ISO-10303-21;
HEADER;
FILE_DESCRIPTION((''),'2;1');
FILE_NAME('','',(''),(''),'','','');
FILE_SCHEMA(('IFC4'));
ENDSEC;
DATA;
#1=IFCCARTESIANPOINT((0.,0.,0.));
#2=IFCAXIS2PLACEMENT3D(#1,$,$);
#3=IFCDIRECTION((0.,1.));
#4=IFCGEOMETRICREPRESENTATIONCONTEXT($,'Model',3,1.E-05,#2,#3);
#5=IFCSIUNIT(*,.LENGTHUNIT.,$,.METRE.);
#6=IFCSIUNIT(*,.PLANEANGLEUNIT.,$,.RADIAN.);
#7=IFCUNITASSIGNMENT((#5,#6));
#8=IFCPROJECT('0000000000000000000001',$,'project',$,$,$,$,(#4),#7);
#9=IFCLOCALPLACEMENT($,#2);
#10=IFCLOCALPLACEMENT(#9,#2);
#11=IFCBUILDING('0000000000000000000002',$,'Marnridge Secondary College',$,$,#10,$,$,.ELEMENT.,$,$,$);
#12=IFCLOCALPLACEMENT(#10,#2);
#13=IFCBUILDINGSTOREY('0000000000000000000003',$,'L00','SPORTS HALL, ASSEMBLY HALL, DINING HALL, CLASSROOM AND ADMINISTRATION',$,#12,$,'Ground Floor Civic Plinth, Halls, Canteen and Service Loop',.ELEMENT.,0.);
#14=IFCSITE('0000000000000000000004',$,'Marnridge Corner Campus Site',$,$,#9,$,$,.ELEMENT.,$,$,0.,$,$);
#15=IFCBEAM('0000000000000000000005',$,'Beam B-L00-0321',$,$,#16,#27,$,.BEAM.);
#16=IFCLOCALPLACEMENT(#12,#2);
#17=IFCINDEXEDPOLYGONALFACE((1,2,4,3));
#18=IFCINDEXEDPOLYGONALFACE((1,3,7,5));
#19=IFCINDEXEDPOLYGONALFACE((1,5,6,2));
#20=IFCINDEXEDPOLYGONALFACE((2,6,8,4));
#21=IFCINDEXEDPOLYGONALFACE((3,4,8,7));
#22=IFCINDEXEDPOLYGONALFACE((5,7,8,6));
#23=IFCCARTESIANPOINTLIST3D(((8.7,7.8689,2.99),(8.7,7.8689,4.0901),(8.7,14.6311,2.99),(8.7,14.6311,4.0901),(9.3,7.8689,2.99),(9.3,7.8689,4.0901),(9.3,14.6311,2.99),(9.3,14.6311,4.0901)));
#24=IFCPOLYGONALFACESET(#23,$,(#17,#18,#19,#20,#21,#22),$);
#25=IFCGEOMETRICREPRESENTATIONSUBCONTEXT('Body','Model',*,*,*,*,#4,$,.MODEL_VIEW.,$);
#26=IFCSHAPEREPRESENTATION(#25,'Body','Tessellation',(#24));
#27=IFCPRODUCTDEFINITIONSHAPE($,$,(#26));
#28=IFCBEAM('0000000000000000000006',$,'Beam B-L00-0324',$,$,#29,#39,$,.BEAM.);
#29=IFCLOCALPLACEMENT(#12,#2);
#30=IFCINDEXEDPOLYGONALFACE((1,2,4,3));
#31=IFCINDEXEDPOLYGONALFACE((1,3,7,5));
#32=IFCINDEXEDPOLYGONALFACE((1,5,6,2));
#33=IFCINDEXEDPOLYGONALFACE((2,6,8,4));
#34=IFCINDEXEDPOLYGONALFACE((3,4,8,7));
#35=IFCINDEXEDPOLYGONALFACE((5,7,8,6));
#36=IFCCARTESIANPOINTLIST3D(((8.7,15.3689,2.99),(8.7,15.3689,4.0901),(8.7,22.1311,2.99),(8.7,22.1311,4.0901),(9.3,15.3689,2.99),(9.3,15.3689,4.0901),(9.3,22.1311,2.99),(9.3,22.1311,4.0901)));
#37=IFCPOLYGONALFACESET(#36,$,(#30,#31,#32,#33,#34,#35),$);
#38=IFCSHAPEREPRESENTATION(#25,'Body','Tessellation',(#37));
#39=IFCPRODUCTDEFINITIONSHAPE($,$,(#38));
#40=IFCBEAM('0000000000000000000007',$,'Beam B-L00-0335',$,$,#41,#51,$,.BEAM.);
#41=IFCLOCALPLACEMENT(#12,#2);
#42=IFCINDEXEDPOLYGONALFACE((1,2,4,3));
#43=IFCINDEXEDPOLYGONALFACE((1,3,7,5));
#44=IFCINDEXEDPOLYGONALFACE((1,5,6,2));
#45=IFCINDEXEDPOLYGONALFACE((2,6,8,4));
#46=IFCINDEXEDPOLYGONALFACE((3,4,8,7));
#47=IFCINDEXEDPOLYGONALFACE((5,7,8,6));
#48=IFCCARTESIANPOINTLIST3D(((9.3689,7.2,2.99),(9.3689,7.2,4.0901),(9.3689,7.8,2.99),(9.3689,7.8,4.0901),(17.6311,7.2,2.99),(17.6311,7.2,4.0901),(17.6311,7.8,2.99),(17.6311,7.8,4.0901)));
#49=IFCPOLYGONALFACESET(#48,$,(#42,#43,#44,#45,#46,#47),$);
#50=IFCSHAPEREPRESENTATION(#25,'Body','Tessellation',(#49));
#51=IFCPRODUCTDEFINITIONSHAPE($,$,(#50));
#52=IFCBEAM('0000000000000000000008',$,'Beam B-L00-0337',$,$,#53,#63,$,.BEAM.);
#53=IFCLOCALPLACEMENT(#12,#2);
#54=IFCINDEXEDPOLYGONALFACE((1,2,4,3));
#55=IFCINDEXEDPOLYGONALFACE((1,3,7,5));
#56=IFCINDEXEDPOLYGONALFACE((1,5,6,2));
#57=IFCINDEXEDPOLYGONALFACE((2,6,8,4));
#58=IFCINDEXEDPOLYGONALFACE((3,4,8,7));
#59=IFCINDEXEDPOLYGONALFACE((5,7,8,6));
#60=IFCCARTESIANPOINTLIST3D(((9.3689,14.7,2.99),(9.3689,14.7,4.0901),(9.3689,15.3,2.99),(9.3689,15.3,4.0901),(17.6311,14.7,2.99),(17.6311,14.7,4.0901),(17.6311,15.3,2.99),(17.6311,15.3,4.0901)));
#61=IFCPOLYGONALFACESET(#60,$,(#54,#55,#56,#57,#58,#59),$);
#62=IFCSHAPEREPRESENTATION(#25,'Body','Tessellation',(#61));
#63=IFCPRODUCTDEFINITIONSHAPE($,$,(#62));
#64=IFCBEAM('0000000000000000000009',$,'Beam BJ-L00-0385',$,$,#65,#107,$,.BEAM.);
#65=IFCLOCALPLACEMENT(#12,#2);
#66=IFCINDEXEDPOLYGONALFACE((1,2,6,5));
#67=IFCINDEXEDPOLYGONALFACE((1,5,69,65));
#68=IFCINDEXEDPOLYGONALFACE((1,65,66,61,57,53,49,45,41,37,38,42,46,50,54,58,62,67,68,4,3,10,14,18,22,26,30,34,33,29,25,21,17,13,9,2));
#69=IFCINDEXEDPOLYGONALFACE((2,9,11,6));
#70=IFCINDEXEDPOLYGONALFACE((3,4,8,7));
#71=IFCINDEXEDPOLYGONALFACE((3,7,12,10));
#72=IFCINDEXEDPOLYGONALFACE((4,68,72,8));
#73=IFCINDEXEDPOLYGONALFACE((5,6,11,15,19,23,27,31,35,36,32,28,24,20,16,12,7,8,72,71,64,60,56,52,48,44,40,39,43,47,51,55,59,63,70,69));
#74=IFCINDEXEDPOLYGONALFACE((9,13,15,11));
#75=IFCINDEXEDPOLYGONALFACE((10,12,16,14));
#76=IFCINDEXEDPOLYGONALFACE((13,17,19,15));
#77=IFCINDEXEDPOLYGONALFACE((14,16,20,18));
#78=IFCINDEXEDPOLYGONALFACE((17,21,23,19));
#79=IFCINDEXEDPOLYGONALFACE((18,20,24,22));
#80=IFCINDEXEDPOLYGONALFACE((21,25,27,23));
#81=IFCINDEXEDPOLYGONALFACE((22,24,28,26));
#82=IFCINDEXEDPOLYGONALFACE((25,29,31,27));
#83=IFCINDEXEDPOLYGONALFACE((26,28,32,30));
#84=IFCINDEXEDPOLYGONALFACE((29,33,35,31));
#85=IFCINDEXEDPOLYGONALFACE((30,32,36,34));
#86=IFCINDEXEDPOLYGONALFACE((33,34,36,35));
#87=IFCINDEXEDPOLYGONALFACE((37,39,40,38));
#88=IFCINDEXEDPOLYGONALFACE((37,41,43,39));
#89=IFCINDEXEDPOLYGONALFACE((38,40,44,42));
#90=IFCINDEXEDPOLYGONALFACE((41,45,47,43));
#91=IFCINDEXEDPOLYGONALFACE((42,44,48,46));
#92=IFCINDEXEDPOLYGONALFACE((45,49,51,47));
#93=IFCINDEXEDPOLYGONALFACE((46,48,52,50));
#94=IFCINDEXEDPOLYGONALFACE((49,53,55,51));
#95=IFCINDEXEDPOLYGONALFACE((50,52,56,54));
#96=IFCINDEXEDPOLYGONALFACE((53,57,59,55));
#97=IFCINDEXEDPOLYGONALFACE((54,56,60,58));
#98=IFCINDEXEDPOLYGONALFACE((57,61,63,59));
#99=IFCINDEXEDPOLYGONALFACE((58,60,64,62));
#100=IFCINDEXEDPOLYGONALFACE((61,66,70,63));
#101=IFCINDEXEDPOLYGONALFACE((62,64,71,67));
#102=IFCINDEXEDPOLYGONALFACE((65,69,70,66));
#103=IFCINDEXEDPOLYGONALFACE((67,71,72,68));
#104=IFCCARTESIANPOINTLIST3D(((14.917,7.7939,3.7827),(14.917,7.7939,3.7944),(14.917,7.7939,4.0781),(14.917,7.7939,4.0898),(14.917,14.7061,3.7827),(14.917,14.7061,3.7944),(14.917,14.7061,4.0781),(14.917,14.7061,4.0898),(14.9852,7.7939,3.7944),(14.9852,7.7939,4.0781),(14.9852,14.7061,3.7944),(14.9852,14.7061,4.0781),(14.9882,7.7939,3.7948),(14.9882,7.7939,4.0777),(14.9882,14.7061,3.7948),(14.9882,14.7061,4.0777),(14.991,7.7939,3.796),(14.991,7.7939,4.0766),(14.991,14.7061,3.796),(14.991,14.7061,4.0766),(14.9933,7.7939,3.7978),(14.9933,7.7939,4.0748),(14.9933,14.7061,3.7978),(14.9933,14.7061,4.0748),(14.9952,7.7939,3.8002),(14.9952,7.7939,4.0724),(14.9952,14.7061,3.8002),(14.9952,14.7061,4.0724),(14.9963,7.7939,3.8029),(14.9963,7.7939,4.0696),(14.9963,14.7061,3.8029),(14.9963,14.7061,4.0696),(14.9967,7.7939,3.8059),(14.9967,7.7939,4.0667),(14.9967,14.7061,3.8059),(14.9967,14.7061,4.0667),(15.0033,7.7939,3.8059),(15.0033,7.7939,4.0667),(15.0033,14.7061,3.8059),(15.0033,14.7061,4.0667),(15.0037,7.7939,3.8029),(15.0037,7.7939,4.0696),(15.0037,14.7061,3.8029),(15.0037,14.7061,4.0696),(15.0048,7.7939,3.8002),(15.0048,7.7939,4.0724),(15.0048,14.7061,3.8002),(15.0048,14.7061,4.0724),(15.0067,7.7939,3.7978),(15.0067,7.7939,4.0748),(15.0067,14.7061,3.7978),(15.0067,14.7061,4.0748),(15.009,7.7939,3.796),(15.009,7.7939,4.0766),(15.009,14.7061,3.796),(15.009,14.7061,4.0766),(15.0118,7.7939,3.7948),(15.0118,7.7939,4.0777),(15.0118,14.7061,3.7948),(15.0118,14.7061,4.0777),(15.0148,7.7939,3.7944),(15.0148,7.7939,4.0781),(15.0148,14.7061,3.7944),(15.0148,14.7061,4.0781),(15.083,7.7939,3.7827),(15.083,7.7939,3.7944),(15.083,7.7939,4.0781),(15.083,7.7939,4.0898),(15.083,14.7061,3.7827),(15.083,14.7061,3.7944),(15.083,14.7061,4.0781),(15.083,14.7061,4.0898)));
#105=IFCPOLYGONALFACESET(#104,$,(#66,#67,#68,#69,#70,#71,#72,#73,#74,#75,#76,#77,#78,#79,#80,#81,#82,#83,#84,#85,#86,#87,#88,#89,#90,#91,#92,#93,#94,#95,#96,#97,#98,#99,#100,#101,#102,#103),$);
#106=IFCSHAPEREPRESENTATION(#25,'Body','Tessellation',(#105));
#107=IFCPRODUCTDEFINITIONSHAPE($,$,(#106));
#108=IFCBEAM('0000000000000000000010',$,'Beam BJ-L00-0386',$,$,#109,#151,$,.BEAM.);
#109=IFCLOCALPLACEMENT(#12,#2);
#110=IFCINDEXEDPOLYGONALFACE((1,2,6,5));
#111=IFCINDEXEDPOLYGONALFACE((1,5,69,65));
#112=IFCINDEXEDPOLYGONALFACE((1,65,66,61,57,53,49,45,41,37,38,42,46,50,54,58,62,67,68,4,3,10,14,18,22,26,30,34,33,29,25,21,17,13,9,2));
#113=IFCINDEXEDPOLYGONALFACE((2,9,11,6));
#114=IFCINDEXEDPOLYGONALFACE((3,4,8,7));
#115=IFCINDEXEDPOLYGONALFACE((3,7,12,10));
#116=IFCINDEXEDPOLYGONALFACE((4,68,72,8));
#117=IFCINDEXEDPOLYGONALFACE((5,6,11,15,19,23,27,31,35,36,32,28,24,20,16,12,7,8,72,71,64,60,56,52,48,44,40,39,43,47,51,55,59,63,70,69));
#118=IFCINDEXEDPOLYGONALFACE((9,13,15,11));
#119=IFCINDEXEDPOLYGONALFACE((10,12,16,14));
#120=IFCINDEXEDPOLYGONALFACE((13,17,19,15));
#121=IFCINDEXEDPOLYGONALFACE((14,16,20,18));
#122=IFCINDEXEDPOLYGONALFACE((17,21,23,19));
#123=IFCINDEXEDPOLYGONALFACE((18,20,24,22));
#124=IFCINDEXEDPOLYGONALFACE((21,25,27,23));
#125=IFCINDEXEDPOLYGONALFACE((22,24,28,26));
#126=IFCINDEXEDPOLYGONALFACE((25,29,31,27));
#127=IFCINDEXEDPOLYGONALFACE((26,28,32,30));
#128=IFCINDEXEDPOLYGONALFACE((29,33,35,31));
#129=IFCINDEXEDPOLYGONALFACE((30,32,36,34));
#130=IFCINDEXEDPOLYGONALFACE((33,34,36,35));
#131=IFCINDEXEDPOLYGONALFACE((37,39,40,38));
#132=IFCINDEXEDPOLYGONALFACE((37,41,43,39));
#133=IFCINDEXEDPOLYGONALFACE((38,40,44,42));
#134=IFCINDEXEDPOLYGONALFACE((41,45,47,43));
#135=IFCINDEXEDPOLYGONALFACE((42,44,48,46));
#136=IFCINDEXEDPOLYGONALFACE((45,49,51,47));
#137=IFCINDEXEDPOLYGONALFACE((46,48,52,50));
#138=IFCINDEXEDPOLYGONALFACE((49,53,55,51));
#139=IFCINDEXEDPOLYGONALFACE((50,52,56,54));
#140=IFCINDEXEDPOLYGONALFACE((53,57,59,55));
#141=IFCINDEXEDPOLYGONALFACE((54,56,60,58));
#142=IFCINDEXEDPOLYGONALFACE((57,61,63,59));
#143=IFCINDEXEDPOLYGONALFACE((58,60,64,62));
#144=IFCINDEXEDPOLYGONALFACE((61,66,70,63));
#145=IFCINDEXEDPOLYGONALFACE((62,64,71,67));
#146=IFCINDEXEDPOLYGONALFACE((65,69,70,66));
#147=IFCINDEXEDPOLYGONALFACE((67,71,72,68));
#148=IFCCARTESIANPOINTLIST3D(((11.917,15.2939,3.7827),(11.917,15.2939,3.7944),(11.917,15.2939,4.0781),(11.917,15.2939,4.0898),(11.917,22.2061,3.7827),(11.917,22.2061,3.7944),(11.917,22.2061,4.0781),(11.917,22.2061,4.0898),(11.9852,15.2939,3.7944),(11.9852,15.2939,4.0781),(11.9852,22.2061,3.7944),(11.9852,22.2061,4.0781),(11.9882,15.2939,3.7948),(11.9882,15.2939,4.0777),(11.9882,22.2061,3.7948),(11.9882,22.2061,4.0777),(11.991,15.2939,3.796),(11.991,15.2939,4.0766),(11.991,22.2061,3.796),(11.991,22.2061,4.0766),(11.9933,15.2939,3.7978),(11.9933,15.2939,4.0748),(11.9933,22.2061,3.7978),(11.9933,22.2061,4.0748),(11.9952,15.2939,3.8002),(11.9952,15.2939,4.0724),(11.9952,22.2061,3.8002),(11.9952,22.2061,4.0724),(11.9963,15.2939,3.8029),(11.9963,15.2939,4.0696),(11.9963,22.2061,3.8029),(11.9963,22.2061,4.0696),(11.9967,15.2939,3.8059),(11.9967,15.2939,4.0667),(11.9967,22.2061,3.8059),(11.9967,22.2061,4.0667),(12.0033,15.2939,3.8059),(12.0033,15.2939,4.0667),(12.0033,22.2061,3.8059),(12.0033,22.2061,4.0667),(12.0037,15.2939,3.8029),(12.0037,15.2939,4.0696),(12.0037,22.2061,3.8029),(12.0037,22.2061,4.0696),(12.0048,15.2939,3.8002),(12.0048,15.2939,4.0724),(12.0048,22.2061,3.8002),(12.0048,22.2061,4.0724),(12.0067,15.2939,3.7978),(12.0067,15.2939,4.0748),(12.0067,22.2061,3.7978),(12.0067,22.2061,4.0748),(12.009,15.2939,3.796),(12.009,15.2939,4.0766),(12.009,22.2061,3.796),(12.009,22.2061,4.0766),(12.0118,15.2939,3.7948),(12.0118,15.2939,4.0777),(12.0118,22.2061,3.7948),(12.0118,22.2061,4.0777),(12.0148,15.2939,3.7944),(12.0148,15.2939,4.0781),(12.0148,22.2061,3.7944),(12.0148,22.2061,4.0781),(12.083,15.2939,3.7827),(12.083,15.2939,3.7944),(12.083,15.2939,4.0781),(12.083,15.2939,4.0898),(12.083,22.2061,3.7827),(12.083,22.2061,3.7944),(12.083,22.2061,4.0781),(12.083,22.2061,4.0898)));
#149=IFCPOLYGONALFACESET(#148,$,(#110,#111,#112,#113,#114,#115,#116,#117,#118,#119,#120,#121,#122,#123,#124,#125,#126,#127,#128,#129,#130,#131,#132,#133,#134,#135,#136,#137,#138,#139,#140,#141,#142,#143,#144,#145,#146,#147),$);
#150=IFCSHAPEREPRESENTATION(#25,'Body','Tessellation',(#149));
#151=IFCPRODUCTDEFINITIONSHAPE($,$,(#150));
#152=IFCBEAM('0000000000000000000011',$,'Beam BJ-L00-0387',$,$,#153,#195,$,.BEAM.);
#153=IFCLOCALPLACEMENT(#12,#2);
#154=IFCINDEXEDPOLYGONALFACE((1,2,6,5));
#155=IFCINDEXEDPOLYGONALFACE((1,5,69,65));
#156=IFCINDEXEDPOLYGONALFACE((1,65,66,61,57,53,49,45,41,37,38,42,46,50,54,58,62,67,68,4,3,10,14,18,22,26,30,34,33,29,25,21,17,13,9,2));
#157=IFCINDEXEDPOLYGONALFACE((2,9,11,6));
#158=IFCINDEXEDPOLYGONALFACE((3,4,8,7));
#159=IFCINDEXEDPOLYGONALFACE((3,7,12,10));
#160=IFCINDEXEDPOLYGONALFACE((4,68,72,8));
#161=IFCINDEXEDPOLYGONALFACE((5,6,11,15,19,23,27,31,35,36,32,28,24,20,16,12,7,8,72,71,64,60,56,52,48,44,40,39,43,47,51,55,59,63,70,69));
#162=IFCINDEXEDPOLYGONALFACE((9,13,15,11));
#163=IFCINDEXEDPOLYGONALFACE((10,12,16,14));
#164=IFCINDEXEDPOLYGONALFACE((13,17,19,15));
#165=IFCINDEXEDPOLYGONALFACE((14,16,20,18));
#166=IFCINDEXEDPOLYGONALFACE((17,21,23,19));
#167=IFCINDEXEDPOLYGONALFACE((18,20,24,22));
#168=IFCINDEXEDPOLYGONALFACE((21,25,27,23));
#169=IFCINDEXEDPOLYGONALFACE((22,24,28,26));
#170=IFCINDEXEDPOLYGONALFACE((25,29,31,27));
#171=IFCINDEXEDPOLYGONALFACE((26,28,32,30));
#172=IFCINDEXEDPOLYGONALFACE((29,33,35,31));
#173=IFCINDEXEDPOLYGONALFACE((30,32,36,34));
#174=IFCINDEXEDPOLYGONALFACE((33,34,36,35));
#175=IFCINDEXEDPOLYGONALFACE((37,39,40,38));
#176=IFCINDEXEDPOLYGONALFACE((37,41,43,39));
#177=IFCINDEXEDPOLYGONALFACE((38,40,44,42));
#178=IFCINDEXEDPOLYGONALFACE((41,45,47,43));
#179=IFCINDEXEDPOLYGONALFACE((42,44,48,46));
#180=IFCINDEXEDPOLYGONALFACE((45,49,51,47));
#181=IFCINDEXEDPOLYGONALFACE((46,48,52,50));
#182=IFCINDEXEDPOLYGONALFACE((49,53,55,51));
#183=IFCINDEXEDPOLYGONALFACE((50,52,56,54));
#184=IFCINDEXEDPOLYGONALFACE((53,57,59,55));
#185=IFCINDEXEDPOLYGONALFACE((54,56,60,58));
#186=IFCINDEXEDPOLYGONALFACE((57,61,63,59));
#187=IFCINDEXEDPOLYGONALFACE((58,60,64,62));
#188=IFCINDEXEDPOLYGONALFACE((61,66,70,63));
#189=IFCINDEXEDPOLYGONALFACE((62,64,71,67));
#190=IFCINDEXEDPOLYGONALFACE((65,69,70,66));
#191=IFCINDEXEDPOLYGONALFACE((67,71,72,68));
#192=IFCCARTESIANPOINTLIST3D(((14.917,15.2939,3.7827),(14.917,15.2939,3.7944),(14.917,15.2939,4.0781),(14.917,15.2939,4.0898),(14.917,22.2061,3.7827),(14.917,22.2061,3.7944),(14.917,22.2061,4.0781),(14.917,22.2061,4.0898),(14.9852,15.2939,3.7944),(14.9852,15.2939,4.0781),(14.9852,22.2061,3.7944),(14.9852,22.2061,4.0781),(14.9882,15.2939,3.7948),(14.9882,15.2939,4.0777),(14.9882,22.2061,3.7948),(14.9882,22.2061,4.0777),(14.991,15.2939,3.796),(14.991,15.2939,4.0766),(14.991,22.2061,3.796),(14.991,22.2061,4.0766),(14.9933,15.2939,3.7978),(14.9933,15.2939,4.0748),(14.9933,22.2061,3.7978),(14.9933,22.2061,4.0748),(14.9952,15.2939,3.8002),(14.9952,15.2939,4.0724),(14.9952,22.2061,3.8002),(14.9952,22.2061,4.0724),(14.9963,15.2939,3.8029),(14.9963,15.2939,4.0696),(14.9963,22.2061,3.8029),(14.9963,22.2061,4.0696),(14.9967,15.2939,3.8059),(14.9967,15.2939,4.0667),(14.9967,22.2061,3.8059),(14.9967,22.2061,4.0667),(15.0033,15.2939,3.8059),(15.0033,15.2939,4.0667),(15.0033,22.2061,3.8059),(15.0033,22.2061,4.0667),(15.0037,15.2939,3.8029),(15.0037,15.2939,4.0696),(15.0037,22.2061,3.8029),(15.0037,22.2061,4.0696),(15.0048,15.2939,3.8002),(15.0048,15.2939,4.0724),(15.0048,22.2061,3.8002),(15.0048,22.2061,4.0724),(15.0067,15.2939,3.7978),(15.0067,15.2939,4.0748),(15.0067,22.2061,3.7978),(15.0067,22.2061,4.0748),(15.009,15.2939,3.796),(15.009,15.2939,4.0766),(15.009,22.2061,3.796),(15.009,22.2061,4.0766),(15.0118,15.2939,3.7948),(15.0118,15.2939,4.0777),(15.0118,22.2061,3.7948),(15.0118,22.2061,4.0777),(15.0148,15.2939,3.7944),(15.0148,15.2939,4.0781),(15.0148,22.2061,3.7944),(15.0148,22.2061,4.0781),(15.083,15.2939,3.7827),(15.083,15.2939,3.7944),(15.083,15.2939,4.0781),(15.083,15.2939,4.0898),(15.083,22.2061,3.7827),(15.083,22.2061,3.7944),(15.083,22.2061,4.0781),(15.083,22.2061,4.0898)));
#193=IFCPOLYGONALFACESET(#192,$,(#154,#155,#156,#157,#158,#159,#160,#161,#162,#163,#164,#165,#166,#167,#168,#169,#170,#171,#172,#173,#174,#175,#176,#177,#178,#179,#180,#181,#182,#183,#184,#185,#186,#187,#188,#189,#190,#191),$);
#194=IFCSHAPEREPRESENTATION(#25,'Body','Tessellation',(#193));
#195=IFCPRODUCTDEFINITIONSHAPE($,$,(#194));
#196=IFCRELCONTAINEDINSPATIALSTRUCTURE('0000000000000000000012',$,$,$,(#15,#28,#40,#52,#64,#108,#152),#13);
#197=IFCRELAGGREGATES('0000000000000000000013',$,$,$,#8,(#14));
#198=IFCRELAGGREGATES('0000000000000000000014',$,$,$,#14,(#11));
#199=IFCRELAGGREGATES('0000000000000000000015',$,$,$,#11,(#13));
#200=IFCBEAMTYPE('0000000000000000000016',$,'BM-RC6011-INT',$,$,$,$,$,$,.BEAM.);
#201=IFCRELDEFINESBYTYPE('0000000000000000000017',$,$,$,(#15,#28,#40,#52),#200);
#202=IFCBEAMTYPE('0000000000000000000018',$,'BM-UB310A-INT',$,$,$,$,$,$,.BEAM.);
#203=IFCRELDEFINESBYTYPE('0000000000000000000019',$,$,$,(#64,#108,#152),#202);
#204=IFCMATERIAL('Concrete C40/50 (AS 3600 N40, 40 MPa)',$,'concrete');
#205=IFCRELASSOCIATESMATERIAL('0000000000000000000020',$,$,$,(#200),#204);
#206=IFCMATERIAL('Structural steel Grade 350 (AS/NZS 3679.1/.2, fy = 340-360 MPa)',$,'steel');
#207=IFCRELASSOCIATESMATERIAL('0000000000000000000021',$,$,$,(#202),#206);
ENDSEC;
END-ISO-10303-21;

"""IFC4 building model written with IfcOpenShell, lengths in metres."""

from ifc_helpers import new_model, si_unit, direction, frame, origin, origin_2d, place, context, subcontext, project, spatial, rectangle, i_section, extrude, material, material_profile, profile_set, type_object, element, save


model = new_model("IFC4")

# Units and contexts
model_context = context("Model", 3, precision=1e-05, world=origin(), true_north=direction((0.0, 1.0)))
body_context = subcontext(model_context, "Body", "Model", "MODEL_VIEW")
ifc_project = project(units=[si_unit("LENGTHUNIT", "METRE"), si_unit("PLANEANGLEUNIT", "RADIAN")], contexts=[model_context])

# Site, building, storey
site_placement = place(None, origin())
site = spatial("IfcSite", under=ifc_project, at=site_placement, Name="Marnridge Corner Campus Site", CompositionType="ELEMENT", RefElevation=0.0)
building_placement = place(site_placement, origin())
building = spatial("IfcBuilding", under=site, at=building_placement, Name="Marnridge Secondary College", CompositionType="ELEMENT")
storey_placement = place(building_placement, origin())
storey = spatial("IfcBuildingStorey", under=building, at=storey_placement, Name="L00", Description="SPORTS HALL, ASSEMBLY HALL, DINING HALL, CLASSROOM AND ADMINISTRATION", LongName="Ground Floor Civic Plinth, Halls, Canteen and Service Loop", CompositionType="ELEMENT", Elevation=0.0)

# Beams
ifc_material_1 = material(Name="Concrete C40/50 (AS 3600 N40, 40 MPa)", Category="concrete")
ifc_material_profile_1 = material_profile(ifc_material_1, rectangle(XDim=0.6001, YDim=1.1001, at=origin_2d()), Name="RC 600x1100")
ifc_profile_set_1 = profile_set([ifc_material_profile_1], Name="Concrete C40/50 (AS 3600 N40, 40 MPa)")
beam_type_1 = type_object("IfcBeamType", Name="BM-RC6011-INT", PredefinedType="BEAM", material=ifc_profile_set_1)
for number, where, z_axis, x_axis, name in (
    (1, (9.0, 7.8689, 3.54), (0.0, 1.0, 0.0), (-1.0, 0.0, 0.0), "Beam B-L00-0321"),
    (2, (9.0, 15.3689, 3.54), (0.0, 1.0, 0.0), (-1.0, 0.0, 0.0), "Beam B-L00-0324"),
):
    element("IfcBeam", number, at=place(storey_placement, frame(where, z_axis=z_axis, x_axis=x_axis)), inside=storey, type_object=beam_type_1, Name=name, PredefinedType="BEAM", context=body_context, shape_type="SweptSolid", body=[
        extrude(rectangle(XDim=0.6001, YDim=1.1001, at=origin_2d()), origin(), (0.0, 0.0, 1.0), 6.7622),
    ])
for number, where, z_axis, x_axis, name in (
    (3, (9.3689, 7.5, 3.54), (1.0, 0.0, 0.0), (0.0, 1.0, 0.0), "Beam B-L00-0335"),
    (4, (9.3689, 15.0, 3.54), (1.0, 0.0, 0.0), (0.0, 1.0, 0.0), "Beam B-L00-0337"),
):
    element("IfcBeam", number, at=place(storey_placement, frame(where, z_axis=z_axis, x_axis=x_axis)), inside=storey, type_object=beam_type_1, Name=name, PredefinedType="BEAM", context=body_context, shape_type="SweptSolid", body=[
        extrude(rectangle(XDim=0.6001, YDim=1.1001, at=origin_2d()), origin(), (0.0, 0.0, 1.0), 8.2622),
    ])
ifc_material_2 = material(Name="Structural steel Grade 350 (AS/NZS 3679.1/.2, fy = 340-360 MPa)", Category="steel")
ifc_material_profile_2 = material_profile(ifc_material_2, i_section(OverallWidth=0.166, OverallDepth=0.3071, WebThickness=0.0066, FlangeThickness=0.0117, FilletRadius=0.0115, at=origin_2d()), Name="310UB46.2")
ifc_profile_set_2 = profile_set([ifc_material_profile_2], Name="Structural steel Grade 350 (AS/NZS 3679.1/.2, fy = 340-360 MPa)")
beam_type_2 = type_object("IfcBeamType", Name="BM-UB310A-INT", PredefinedType="BEAM", material=ifc_profile_set_2)
for number, where, z_axis, x_axis, name in (
    (5, (15.0, 7.7939, 3.9363), (0.0, 1.0, 0.0), (-1.0, 0.0, 0.0), "Beam BJ-L00-0385"),
    (6, (12.0, 15.2939, 3.9363), (0.0, 1.0, 0.0), (-1.0, 0.0, 0.0), "Beam BJ-L00-0386"),
    (7, (15.0, 15.2939, 3.9363), (0.0, 1.0, 0.0), (-1.0, 0.0, 0.0), "Beam BJ-L00-0387"),
):
    element("IfcBeam", number, at=place(storey_placement, frame(where, z_axis=z_axis, x_axis=x_axis)), inside=storey, type_object=beam_type_2, Name=name, PredefinedType="BEAM", context=body_context, shape_type="SweptSolid", body=[
        extrude(i_section(OverallWidth=0.166, OverallDepth=0.3071, WebThickness=0.0066, FlangeThickness=0.0117, FilletRadius=0.0115, at=origin_2d()), origin(), (0.0, 0.0, 1.0), 6.9121),
    ])

save(model, "model.ifc")
